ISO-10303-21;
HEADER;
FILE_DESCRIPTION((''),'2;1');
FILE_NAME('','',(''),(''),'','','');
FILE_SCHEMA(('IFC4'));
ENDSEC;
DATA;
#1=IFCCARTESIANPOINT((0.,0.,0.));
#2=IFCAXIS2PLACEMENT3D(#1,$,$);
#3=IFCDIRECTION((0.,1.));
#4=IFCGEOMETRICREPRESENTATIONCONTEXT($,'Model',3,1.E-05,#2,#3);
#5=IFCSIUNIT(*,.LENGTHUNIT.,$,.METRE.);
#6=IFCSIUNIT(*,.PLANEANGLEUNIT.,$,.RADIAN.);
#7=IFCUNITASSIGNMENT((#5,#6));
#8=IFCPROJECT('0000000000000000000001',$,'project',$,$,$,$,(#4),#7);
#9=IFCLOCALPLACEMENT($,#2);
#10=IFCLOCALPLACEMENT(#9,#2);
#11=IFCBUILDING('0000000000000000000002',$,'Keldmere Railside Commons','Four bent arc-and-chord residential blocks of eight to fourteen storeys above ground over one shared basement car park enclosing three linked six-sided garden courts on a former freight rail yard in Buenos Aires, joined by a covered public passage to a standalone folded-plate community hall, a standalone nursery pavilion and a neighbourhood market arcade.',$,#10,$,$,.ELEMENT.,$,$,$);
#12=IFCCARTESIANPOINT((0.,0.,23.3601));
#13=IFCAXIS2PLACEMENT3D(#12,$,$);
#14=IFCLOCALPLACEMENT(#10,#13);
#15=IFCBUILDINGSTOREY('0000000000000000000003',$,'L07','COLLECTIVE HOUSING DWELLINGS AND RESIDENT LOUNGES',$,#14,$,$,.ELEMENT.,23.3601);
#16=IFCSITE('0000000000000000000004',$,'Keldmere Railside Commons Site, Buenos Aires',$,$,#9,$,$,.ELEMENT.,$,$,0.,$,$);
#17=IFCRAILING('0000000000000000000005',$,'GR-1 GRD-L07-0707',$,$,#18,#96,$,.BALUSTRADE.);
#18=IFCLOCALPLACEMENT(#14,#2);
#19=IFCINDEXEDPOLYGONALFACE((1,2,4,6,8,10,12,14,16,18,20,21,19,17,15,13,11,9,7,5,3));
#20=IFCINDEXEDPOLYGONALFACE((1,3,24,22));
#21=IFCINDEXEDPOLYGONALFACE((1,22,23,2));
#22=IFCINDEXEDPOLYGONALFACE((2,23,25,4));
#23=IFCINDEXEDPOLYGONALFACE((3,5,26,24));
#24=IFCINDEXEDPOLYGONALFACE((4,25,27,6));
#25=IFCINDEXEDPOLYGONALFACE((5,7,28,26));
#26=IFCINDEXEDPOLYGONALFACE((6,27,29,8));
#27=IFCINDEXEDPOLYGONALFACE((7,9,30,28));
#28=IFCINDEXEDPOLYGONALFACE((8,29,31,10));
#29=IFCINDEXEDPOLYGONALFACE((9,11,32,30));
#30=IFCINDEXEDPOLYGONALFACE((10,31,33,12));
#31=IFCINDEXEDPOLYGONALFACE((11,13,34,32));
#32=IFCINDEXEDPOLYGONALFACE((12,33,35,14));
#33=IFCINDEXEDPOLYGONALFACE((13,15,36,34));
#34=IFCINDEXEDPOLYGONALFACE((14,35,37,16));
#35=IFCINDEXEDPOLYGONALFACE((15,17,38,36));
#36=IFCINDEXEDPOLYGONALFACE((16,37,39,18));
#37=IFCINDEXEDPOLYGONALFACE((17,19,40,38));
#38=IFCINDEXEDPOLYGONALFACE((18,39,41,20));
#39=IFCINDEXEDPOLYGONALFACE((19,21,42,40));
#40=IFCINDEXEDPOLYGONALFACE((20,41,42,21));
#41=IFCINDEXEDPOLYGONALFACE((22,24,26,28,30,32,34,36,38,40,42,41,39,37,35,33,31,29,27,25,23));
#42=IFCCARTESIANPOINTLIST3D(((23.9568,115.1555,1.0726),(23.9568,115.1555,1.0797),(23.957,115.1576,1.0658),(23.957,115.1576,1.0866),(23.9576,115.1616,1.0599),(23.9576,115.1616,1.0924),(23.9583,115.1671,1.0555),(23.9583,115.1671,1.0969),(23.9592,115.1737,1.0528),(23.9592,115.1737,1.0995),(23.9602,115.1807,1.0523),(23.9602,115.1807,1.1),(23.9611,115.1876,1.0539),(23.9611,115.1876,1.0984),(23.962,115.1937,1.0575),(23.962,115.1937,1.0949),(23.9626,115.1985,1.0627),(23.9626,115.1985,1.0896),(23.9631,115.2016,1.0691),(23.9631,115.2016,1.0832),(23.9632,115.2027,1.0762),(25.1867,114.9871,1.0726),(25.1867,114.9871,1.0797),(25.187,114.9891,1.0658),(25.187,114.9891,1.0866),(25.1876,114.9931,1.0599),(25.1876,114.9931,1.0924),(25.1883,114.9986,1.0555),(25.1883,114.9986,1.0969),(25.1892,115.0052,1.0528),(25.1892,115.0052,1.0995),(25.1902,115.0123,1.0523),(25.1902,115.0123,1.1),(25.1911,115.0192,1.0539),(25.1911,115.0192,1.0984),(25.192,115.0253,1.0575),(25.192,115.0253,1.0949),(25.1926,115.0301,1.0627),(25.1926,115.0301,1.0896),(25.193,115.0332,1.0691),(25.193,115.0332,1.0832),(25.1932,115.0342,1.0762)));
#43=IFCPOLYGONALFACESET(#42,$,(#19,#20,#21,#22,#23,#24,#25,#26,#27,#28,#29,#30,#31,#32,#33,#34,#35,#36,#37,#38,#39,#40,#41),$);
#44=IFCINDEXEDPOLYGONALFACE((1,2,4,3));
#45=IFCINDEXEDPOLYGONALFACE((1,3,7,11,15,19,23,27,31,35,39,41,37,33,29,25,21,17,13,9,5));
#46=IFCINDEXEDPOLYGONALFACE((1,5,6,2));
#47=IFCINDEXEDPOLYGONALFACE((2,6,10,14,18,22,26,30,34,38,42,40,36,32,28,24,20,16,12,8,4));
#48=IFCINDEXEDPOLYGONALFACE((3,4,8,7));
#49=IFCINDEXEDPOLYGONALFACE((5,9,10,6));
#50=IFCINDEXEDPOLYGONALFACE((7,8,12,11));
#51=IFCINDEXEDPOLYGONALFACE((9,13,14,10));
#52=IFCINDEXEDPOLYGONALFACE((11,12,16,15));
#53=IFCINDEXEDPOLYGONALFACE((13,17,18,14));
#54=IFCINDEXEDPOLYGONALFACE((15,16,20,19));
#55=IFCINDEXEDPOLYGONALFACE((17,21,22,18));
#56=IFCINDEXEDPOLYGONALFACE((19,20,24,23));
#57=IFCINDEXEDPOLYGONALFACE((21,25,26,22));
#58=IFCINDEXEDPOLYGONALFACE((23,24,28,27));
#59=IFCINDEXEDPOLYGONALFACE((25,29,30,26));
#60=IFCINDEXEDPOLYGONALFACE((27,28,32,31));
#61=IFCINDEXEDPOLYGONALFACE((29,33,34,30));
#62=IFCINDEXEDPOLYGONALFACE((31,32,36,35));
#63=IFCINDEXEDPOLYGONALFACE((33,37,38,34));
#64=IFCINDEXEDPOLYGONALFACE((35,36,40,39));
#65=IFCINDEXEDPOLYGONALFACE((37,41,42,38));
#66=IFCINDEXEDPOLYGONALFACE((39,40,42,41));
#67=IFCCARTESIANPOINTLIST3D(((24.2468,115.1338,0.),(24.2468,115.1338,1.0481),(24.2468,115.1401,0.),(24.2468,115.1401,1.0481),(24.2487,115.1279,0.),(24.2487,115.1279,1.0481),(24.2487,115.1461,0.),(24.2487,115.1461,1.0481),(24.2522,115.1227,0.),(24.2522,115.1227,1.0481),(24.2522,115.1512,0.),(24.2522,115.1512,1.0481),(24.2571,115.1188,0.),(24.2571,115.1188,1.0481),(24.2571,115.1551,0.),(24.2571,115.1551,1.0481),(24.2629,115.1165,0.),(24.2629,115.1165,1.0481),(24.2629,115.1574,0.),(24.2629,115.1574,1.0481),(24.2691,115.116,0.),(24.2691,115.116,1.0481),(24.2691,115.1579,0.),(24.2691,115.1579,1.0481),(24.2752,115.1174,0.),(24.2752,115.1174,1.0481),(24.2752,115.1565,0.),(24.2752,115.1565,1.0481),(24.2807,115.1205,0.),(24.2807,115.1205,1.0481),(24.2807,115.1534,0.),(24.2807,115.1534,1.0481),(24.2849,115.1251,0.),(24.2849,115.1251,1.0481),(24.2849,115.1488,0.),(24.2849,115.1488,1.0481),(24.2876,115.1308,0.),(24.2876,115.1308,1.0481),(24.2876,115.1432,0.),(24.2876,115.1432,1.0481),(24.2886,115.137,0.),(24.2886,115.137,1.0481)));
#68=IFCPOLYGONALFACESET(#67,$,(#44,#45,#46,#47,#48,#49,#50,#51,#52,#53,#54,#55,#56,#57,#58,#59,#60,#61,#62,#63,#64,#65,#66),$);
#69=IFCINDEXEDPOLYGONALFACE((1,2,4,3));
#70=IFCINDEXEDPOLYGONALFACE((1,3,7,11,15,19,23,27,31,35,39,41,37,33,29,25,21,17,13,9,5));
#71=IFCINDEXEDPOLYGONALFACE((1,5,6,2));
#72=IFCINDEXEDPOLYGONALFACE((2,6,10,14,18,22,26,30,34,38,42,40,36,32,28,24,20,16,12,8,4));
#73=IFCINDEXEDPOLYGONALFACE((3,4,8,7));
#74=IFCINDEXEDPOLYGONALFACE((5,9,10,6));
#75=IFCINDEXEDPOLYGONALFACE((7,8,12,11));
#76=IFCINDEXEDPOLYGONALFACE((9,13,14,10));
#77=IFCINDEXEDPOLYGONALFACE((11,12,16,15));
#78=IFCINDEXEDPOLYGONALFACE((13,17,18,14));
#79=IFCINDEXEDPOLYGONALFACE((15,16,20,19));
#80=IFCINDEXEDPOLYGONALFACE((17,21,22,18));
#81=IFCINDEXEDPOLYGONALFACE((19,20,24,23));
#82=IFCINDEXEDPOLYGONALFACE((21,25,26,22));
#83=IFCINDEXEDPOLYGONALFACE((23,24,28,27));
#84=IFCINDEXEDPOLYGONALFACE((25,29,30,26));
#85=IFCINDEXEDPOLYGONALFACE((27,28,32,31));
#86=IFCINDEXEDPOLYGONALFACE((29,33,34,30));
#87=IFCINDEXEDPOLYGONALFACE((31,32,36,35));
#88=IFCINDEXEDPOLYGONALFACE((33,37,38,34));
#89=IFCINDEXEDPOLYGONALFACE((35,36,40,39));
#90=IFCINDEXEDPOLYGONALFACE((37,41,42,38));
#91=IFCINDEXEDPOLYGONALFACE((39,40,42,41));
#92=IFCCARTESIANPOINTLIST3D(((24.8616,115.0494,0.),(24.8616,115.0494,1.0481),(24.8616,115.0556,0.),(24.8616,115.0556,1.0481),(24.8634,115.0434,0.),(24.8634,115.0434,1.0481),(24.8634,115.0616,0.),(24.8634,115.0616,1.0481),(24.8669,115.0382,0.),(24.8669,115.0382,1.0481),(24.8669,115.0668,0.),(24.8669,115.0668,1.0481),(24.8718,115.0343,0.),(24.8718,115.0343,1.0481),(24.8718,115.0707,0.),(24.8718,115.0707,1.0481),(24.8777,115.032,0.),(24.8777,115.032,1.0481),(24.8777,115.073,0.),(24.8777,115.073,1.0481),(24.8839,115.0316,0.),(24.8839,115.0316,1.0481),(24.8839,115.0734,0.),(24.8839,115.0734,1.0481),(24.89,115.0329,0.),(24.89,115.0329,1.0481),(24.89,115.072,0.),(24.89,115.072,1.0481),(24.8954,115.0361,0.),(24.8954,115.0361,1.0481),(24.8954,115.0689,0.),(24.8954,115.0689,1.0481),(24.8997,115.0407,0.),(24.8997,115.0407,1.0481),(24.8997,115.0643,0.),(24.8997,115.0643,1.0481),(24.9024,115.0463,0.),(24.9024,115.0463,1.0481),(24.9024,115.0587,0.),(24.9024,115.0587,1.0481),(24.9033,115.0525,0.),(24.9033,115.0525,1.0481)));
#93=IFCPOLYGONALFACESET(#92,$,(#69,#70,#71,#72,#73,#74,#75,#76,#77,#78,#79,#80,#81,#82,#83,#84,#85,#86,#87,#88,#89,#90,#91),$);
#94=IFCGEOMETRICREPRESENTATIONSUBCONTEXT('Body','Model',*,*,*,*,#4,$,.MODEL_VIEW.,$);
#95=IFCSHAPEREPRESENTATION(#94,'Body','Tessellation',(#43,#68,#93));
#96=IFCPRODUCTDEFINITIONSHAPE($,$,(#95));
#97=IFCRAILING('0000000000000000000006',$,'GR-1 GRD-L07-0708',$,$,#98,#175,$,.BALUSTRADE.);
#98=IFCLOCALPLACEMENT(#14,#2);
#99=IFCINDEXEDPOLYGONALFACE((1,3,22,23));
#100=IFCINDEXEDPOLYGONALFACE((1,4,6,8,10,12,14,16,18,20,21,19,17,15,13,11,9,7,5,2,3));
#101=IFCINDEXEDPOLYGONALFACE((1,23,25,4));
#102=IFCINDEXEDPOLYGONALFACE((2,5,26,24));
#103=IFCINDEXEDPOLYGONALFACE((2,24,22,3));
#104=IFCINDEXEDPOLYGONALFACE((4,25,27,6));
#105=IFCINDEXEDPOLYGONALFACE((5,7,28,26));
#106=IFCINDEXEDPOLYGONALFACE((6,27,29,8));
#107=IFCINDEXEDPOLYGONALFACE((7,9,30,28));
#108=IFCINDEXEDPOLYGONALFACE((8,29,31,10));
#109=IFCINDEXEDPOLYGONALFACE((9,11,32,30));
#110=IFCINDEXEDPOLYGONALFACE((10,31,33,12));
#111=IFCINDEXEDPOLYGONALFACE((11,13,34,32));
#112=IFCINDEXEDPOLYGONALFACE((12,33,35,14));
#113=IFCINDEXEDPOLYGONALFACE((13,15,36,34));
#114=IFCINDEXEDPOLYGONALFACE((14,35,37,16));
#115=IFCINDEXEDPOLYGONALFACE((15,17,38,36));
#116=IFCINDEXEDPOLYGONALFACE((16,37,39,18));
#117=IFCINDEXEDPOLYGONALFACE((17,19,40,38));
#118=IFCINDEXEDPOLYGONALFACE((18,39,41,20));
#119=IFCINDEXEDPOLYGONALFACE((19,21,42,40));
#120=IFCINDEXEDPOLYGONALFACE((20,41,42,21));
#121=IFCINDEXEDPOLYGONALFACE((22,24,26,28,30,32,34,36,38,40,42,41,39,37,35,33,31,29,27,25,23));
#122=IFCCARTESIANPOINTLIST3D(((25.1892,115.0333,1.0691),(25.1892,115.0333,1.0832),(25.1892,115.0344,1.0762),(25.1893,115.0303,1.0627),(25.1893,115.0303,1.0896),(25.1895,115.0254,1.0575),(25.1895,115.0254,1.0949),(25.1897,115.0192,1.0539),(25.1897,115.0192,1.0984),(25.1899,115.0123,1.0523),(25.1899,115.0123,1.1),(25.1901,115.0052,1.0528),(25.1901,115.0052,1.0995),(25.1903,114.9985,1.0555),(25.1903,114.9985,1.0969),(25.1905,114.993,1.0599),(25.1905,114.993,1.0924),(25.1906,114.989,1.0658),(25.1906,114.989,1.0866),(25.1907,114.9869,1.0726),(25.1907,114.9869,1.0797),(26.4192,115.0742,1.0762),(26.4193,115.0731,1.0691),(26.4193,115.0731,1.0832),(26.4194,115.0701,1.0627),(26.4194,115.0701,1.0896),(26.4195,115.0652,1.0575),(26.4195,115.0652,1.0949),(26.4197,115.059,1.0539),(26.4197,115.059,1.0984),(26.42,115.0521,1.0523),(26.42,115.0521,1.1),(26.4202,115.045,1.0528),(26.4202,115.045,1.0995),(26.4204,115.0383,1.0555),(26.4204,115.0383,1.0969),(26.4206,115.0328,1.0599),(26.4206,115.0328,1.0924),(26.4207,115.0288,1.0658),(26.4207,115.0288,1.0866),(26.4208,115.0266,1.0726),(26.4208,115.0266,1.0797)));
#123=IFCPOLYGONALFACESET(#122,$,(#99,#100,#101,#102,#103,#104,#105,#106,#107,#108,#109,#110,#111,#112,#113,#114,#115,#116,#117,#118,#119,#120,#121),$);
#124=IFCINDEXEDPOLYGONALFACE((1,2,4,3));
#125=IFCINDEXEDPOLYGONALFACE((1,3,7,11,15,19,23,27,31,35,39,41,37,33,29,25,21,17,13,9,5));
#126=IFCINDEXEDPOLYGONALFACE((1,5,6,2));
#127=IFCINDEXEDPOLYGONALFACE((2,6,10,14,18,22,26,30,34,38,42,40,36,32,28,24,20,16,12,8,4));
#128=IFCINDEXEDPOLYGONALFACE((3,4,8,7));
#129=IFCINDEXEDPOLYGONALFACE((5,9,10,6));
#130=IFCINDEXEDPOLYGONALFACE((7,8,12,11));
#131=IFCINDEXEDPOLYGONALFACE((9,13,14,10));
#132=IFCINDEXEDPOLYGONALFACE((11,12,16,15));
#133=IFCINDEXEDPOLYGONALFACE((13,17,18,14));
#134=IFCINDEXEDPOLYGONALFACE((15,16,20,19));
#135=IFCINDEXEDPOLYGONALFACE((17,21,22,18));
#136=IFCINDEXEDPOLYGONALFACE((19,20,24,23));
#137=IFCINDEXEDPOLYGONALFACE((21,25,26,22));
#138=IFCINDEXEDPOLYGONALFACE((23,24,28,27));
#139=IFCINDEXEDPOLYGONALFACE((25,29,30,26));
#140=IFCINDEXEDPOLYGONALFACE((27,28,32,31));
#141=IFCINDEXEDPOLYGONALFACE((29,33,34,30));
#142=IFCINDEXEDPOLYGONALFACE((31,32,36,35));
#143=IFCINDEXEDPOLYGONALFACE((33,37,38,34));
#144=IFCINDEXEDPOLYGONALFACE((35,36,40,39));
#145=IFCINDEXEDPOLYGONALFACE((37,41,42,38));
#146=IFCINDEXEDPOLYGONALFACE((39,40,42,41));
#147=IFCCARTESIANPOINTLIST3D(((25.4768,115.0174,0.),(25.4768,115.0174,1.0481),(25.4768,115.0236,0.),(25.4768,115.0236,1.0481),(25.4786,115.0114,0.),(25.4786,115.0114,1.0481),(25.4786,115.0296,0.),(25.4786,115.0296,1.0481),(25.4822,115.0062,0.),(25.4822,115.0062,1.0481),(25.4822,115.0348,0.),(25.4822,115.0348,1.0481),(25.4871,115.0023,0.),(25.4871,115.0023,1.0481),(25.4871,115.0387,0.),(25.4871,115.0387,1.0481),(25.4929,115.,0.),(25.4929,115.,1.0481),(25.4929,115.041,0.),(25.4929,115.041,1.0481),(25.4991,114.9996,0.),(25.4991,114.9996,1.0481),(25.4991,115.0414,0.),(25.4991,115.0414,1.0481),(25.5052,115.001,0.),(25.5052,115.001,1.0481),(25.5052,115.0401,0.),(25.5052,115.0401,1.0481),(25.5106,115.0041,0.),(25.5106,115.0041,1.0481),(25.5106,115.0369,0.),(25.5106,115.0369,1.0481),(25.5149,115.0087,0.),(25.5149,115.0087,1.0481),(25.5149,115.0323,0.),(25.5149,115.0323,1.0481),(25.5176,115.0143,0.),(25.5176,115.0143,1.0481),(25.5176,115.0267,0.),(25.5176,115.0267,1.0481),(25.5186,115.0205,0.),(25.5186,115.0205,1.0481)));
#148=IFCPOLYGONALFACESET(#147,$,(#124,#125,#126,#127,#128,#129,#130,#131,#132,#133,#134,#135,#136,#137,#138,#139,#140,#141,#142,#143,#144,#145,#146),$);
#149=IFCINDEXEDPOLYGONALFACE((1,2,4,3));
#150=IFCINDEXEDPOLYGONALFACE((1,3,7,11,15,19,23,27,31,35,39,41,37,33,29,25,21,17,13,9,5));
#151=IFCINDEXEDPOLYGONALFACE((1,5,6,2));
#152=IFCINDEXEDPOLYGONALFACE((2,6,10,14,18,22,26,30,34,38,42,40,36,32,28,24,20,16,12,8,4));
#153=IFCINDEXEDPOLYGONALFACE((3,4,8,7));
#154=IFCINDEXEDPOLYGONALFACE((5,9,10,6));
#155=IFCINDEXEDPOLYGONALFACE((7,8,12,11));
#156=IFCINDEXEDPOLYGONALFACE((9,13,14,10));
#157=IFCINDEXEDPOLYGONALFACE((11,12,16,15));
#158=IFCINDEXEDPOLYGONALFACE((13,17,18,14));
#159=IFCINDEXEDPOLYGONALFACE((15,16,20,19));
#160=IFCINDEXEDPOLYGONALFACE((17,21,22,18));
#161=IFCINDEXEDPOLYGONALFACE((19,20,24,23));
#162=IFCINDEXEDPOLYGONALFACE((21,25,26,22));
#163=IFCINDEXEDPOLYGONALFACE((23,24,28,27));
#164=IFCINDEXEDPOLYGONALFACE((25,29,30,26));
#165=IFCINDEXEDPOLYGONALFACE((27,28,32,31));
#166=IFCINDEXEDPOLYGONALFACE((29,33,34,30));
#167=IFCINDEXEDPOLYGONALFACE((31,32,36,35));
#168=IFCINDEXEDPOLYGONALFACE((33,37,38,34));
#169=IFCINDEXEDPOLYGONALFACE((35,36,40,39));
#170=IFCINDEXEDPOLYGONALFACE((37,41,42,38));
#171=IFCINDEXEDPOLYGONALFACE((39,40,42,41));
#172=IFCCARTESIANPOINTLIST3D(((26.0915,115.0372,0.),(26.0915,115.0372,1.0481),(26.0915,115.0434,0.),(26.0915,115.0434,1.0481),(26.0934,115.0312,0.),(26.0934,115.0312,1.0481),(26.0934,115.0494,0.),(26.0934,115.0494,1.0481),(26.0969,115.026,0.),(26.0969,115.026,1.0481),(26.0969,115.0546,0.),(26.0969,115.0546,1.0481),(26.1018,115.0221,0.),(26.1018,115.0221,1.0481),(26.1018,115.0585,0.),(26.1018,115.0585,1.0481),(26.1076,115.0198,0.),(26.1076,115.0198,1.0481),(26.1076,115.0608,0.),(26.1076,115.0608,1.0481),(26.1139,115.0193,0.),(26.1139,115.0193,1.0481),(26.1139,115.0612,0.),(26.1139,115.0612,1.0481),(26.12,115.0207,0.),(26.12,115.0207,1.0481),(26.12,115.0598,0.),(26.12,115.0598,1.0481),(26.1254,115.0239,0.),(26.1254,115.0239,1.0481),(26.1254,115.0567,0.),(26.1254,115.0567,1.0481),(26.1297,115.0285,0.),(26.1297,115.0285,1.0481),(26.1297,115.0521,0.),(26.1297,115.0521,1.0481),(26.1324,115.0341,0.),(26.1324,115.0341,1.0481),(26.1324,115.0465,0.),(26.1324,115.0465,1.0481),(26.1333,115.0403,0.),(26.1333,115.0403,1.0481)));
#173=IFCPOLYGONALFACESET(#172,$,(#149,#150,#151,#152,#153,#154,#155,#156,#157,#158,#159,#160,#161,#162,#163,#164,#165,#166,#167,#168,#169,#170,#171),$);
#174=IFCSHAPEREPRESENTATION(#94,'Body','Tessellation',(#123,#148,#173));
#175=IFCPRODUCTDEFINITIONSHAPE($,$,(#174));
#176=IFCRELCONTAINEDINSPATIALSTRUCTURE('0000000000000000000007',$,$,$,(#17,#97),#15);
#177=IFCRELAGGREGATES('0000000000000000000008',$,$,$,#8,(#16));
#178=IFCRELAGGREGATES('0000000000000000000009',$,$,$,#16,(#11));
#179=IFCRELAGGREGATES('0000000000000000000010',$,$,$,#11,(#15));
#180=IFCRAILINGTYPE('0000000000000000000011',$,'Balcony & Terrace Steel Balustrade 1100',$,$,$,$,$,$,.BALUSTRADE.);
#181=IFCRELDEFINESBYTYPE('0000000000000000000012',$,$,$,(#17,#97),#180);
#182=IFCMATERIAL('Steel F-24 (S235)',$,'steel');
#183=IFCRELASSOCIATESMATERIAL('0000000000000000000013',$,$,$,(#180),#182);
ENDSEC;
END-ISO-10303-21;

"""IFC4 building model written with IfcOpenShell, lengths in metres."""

from ifc_helpers import new_model, si_unit, direction, frame, origin, origin_2d, place, context, subcontext, project, spatial, circle, extrude, material, type_object, element, save


model = new_model("IFC4")

# Units and contexts
model_context = context("Model", 3, precision=1e-05, world=origin(), true_north=direction((0.0, 1.0)))
body_context = subcontext(model_context, "Body", "Model", "MODEL_VIEW")
ifc_project = project(units=[si_unit("LENGTHUNIT", "METRE"), si_unit("PLANEANGLEUNIT", "RADIAN")], contexts=[model_context])

# Site, building, storey
site_placement = place(None, origin())
site = spatial("IfcSite", under=ifc_project, at=site_placement, Name="Keldmere Railside Commons Site, Buenos Aires", CompositionType="ELEMENT", RefElevation=0.0)
building_placement = place(site_placement, origin())
building = spatial("IfcBuilding", under=site, at=building_placement, Name="Keldmere Railside Commons", Description="Four bent arc-and-chord residential blocks of eight to fourteen storeys above ground over one shared basement car park enclosing three linked six-sided garden courts on a former freight rail yard in Buenos Aires, joined by a covered public passage to a standalone folded-plate community hall, a standalone nursery pavilion and a neighbourhood market arcade.", CompositionType="ELEMENT")
storey_placement = place(building_placement, frame((0.0, 0.0, 23.3601)))
storey = spatial("IfcBuildingStorey", under=building, at=storey_placement, Name="L07", Description="COLLECTIVE HOUSING DWELLINGS AND RESIDENT LOUNGES", CompositionType="ELEMENT", Elevation=23.3601)

# Railings
ifc_material_1 = material(Name="Steel F-24 (S235)", Category="steel")
railing_type_1 = type_object("IfcRailingType", Name="Balcony & Terrace Steel Balustrade 1100", PredefinedType="BALUSTRADE", material=ifc_material_1)
railing_1_placement = place(storey_placement, frame((23.96, 115.179, 0.0)))
element("IfcRailing", 1, at=railing_1_placement, inside=storey, type_object=railing_type_1, Name="GR-1 GRD-L07-0707", PredefinedType="BALUSTRADE", context=body_context, shape_type="SweptSolid", body=[
    extrude(circle(Radius=0.0239, at=origin_2d()), frame((0.0, 0.0, 1.0762), z_axis=(0.990751, -0.135692, 0.0), x_axis=(0.135692, 0.990751, 0.0)), (0.0, 0.0, 1.0), 1.2415),
    extrude(circle(Radius=0.021, at=origin_2d()), frame((0.3076, -0.042, 0.0)), (0.0, 0.0, 1.0), 1.0481),
    extrude(circle(Radius=0.021, at=origin_2d()), frame((0.9224, -0.1265, 0.0)), (0.0, 0.0, 1.0), 1.0481),
])
railing_2_placement = place(storey_placement, frame((25.1899, 115.0105, 0.0)))
element("IfcRailing", 2, at=railing_2_placement, inside=storey, type_object=railing_type_1, Name="GR-1 GRD-L07-0708", PredefinedType="BALUSTRADE", context=body_context, shape_type="SweptSolid", body=[
    extrude(circle(Radius=0.0239, at=origin_2d()), frame((0.0, 0.0, 1.0762), z_axis=(0.999477, 0.032337, 0.0), x_axis=(-0.032337, 0.999477, 0.0)), (0.0, 0.0, 1.0), 1.2307),
    extrude(circle(Radius=0.021, at=origin_2d()), frame((0.3076, 0.01, 0.0)), (0.0, 0.0, 1.0), 1.0481),
    extrude(circle(Radius=0.021, at=origin_2d()), frame((0.9224, 0.0298, 0.0)), (0.0, 0.0, 1.0), 1.0481),
])

save(model, "model.ifc")
